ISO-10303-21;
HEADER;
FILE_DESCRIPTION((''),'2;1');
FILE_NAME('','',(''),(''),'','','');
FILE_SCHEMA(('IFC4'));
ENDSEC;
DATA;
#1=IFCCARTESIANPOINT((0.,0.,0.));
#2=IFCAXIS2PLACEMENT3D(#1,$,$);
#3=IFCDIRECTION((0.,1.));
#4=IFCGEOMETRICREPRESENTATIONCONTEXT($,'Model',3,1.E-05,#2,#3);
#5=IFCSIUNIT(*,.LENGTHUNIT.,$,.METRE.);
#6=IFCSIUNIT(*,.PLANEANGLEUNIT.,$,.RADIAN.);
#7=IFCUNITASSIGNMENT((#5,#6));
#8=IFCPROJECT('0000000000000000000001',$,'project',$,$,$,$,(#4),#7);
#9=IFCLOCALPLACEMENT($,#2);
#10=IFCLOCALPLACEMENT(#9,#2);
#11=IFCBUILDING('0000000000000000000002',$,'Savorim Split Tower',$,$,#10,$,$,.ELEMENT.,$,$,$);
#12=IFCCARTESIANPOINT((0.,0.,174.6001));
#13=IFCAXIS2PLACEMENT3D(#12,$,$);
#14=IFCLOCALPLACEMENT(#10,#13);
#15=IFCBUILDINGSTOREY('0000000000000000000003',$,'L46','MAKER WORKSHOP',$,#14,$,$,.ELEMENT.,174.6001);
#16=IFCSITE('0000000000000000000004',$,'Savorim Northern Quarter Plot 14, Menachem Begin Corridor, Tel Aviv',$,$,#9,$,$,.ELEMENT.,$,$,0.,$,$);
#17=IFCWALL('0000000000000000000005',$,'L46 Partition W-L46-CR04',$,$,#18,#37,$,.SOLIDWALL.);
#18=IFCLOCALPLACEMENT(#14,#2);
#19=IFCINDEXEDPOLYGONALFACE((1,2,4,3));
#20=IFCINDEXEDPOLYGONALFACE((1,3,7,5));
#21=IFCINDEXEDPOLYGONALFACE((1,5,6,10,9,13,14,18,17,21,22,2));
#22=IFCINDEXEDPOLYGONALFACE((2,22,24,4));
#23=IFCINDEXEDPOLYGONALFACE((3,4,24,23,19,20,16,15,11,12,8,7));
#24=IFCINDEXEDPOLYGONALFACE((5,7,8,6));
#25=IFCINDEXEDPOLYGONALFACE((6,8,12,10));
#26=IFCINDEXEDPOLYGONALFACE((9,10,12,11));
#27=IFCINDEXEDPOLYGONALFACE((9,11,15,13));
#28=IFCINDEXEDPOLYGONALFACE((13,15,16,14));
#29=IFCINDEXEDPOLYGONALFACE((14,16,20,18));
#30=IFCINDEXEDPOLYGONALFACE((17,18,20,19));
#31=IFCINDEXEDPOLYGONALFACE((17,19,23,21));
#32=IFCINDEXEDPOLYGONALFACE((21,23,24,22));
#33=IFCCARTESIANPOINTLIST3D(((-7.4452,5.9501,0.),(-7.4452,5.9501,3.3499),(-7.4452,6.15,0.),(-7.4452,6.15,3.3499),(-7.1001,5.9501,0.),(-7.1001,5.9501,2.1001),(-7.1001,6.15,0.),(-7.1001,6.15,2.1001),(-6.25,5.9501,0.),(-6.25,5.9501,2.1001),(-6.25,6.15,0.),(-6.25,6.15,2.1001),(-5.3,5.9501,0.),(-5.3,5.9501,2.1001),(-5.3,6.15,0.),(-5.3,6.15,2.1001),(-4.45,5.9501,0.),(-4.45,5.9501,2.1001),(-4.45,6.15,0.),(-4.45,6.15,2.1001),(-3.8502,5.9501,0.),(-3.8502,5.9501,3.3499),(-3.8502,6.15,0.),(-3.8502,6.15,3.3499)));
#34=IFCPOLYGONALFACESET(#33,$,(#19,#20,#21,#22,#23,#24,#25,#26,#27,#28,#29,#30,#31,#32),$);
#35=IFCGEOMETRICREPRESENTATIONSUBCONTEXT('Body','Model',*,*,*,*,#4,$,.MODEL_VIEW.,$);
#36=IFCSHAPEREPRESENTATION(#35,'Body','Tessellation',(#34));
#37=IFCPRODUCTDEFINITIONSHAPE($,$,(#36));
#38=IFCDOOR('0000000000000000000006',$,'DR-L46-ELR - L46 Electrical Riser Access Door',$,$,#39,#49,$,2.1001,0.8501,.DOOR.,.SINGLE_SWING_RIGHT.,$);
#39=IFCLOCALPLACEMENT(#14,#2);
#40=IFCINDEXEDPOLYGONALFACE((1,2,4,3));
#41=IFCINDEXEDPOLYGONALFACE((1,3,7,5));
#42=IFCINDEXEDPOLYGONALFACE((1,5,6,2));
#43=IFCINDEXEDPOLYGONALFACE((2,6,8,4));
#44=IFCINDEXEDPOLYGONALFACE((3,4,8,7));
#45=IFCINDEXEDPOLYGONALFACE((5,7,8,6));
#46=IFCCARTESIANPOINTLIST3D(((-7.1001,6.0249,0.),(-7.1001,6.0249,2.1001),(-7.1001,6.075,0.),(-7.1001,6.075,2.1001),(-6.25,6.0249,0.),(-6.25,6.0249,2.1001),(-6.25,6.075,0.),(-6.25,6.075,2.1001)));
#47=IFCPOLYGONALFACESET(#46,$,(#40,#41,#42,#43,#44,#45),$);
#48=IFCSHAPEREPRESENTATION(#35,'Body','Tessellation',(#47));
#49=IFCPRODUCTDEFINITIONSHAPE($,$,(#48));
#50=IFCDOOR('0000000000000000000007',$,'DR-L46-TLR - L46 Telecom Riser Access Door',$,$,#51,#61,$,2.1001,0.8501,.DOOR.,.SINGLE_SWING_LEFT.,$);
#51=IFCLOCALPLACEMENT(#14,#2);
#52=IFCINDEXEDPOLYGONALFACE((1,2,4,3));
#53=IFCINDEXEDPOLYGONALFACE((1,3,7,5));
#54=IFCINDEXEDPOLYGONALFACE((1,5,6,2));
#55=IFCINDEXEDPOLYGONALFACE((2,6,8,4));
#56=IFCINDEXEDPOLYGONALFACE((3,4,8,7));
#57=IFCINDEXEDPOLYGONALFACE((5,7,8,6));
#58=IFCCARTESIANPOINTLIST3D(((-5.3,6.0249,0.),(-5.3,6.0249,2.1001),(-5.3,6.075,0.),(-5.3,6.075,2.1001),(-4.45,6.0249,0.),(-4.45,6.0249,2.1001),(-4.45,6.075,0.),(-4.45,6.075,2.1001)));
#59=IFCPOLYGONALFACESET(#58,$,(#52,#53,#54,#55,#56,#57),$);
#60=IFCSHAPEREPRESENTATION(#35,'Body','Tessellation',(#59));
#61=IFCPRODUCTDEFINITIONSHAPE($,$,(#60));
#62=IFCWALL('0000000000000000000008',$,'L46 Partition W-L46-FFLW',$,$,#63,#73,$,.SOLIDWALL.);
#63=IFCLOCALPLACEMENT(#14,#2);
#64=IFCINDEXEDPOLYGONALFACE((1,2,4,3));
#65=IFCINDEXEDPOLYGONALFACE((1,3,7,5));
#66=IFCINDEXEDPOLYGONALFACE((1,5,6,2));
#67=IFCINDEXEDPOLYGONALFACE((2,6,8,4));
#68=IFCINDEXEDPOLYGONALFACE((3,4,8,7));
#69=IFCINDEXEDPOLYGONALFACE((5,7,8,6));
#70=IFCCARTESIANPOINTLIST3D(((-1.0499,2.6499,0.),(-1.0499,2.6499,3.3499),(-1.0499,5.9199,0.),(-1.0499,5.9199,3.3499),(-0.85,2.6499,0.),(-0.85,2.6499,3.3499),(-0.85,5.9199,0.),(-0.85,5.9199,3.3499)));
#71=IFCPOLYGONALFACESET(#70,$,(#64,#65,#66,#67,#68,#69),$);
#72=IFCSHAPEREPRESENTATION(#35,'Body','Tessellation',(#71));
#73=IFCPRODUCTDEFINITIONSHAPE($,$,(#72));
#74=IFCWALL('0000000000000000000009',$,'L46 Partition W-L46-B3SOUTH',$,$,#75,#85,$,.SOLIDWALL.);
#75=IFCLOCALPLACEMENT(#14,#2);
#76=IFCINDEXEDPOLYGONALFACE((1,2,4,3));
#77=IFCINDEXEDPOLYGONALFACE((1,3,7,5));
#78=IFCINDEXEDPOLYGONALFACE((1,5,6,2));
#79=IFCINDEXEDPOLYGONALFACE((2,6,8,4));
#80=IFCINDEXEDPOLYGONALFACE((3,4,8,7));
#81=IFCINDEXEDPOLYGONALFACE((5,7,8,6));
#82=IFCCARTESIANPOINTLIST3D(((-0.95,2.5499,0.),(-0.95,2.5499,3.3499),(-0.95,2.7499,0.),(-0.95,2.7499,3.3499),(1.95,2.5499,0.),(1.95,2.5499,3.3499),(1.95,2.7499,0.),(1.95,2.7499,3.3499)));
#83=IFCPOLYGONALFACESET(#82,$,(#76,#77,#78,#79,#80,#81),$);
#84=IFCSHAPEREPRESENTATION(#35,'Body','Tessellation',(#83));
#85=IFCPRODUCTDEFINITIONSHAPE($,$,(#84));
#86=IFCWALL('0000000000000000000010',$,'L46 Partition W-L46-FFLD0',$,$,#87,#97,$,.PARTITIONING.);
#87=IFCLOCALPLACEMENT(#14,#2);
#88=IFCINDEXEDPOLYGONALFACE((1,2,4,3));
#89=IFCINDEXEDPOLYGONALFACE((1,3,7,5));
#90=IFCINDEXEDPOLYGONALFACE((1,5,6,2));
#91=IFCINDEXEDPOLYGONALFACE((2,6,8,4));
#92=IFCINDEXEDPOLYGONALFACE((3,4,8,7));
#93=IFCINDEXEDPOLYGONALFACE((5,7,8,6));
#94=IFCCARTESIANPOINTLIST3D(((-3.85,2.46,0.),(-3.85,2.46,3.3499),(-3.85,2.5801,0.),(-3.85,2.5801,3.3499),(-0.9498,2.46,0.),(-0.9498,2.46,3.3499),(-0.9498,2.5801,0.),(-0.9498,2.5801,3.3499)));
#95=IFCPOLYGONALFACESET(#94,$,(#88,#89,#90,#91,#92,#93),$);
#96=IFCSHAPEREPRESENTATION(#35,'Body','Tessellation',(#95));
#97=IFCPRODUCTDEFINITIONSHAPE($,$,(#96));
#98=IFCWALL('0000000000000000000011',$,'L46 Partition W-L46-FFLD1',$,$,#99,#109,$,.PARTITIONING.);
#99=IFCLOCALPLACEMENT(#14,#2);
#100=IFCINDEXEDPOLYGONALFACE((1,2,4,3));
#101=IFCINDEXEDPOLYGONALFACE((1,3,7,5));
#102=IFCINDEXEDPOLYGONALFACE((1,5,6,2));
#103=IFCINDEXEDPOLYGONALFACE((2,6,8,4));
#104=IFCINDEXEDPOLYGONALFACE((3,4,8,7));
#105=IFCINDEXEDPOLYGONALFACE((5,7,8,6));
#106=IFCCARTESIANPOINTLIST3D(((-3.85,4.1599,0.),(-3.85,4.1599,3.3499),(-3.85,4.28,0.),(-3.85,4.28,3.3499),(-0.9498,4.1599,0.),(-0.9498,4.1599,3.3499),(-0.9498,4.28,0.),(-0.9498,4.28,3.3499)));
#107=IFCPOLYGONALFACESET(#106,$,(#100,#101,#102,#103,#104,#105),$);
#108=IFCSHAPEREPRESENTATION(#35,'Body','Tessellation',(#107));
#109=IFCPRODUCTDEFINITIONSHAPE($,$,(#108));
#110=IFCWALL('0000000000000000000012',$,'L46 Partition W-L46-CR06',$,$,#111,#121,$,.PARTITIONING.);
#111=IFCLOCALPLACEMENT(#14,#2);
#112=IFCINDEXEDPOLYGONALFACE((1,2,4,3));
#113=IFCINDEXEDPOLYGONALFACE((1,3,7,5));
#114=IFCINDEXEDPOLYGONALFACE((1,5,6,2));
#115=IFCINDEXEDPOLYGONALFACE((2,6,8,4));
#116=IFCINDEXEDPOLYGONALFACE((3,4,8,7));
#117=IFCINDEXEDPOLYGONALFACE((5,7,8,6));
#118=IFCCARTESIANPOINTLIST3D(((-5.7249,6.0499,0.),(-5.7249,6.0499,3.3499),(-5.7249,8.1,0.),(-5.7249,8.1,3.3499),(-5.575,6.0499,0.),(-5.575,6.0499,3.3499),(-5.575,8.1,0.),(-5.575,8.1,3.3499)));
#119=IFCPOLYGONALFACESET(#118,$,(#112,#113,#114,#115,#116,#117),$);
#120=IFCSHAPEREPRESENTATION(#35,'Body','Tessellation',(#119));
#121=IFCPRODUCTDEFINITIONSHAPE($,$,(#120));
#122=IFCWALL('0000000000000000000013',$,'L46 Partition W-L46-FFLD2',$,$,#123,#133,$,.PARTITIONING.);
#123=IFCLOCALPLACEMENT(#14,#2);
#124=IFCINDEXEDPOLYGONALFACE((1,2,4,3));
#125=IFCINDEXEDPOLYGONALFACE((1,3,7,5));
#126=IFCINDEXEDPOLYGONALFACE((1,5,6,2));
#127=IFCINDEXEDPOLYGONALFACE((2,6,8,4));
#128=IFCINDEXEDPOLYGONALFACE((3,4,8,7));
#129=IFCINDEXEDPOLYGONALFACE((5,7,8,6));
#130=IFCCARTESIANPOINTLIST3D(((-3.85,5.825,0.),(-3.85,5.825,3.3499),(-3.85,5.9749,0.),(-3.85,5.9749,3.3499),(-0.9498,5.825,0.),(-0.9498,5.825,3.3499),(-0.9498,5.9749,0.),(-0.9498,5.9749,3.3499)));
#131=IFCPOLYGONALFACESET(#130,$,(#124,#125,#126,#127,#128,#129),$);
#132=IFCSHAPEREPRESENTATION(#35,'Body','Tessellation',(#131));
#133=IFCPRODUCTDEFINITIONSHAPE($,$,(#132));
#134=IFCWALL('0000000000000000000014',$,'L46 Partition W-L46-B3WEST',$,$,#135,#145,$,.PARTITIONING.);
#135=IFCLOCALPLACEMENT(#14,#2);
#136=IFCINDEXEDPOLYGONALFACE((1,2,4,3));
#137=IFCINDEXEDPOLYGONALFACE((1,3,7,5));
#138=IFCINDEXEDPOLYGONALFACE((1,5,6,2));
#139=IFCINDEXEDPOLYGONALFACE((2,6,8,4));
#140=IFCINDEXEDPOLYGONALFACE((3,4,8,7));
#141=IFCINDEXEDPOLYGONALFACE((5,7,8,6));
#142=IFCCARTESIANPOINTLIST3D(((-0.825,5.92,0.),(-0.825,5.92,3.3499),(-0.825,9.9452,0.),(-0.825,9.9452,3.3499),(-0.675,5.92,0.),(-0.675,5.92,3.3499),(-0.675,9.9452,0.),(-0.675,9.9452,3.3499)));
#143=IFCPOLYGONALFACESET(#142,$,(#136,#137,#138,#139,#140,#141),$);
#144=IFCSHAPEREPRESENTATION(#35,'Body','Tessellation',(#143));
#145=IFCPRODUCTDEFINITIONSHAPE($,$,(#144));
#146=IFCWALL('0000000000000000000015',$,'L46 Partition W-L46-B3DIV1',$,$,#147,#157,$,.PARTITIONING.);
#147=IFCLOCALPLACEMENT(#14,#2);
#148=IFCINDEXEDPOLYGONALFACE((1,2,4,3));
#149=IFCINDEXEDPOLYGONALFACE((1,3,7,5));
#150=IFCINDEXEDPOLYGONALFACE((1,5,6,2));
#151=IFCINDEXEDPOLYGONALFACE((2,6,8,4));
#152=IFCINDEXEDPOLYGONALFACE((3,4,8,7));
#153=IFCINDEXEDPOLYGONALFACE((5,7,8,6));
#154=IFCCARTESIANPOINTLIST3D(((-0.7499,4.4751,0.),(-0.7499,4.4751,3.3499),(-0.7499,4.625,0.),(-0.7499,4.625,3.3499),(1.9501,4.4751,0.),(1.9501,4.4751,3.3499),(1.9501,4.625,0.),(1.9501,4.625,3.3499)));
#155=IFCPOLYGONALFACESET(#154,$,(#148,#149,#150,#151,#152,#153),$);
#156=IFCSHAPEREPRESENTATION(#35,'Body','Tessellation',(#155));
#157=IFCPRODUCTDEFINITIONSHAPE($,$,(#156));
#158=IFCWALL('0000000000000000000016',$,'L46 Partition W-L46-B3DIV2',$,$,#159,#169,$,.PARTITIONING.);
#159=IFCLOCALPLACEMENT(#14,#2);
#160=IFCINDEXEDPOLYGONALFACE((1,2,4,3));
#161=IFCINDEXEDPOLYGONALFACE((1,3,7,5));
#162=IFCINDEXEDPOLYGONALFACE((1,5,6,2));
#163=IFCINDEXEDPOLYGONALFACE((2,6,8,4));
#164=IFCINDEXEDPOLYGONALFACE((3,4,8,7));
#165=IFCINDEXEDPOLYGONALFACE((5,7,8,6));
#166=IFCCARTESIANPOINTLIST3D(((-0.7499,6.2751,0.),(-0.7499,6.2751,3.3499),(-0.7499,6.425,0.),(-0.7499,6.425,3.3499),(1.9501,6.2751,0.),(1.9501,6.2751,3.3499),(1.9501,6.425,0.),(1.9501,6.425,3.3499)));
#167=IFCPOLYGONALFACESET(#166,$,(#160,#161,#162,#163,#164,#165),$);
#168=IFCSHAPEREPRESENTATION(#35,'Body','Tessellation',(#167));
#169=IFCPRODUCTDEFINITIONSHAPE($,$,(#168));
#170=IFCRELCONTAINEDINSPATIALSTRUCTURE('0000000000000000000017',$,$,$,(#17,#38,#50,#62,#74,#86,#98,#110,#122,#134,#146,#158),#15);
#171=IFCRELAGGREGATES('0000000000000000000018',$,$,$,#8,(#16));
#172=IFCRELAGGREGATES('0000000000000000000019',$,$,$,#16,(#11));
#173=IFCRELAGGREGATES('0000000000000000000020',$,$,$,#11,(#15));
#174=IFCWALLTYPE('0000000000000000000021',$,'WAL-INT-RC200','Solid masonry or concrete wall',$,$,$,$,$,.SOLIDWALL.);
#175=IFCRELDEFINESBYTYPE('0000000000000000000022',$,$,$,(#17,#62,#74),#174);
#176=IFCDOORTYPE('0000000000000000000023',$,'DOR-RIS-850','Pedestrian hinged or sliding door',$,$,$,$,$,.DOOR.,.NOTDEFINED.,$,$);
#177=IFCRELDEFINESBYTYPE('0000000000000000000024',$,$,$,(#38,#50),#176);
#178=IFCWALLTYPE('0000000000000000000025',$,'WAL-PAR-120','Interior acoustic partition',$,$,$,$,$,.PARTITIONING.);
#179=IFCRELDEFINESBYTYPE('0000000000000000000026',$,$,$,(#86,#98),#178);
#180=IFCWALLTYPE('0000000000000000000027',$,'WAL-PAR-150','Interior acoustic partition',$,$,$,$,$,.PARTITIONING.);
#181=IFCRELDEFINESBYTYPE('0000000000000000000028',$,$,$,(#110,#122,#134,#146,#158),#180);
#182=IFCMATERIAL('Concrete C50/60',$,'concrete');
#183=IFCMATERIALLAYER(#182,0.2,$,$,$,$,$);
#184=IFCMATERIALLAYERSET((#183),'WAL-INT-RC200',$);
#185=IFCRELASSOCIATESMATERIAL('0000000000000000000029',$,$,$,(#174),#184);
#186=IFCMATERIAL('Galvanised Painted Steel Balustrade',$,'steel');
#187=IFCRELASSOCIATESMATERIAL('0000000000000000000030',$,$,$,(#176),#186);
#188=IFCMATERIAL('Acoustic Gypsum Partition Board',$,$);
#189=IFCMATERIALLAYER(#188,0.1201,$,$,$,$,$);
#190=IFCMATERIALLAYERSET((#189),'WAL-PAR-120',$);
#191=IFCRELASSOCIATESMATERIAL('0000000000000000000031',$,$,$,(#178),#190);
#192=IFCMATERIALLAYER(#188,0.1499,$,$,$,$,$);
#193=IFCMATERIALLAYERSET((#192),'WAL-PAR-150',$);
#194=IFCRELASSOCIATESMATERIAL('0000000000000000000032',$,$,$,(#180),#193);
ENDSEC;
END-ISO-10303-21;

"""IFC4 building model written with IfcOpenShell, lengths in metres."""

from ifc_helpers import new_model, si_unit, direction, frame, frame_2d, origin, place, context, subcontext, project, spatial, rectangle, extrude, material, layer, layer_set, type_object, element, fill, save


model = new_model("IFC4")

# Units and contexts
model_context = context("Model", 3, precision=1e-05, world=origin(), true_north=direction((0.0, 1.0)))
body_context = subcontext(model_context, "Body", "Model", "MODEL_VIEW")
ifc_project = project(units=[si_unit("LENGTHUNIT", "METRE"), si_unit("PLANEANGLEUNIT", "RADIAN")], contexts=[model_context])

# Site, building, storey
site_placement = place(None, origin())
site = spatial("IfcSite", under=ifc_project, at=site_placement, Name="Savorim Northern Quarter Plot 14, Menachem Begin Corridor, Tel Aviv", CompositionType="ELEMENT", RefElevation=0.0)
building_placement = place(site_placement, origin())
building = spatial("IfcBuilding", under=site, at=building_placement, Name="Savorim Split Tower", CompositionType="ELEMENT")
storey_placement = place(building_placement, frame((0.0, 0.0, 174.6001)))
storey = spatial("IfcBuildingStorey", under=building, at=storey_placement, Name="L46", Description="MAKER WORKSHOP", CompositionType="ELEMENT", Elevation=174.6001)

# Wall, openings, doors
ifc_material_1 = material(Name="Concrete C50/60", Category="concrete")
ifc_layer_1 = layer(ifc_material_1, 0.2)
ifc_layer_set_1 = layer_set([ifc_layer_1], Name="WAL-INT-RC200")
wall_type_1 = type_object("IfcWallType", Name="WAL-INT-RC200", Description="Solid masonry or concrete wall", PredefinedType="SOLIDWALL", material=ifc_layer_set_1)
wall_1_placement = place(storey_placement, frame((-7.4451, 6.05, 0.0), z_axis=(0.0, 0.0, 1.0), x_axis=(1.0, 0.0, 0.0)))
wall_1 = element("IfcWall", 1, at=wall_1_placement, inside=storey, type_object=wall_type_1, Name="L46 Partition W-L46-CR04", PredefinedType="SOLIDWALL", context=body_context, shape_type="SweptSolid", body=[
    extrude(rectangle(XDim=3.595, YDim=0.2, at=frame_2d((1.7974, 0.0))), origin(), (0.0, 0.0, 1.0), 3.3499),
])
opening_1_placement = place(wall_1_placement, frame((0.345, 0.0, 0.0)))
opening_1 = element("IfcOpeningElement", 2, at=opening_1_placement, cuts=wall_1, PredefinedType="OPENING", context=body_context, shape_type="SweptSolid", body=[
    extrude(rectangle(XDim=0.8501, YDim=2.1001, at=frame_2d((0.425, 1.05))), frame((0.0, 0.1099, 0.0), z_axis=(0.0, -1.0, 0.0), x_axis=(1.0, 0.0, 0.0)), (0.0, 0.0, 1.0), 0.22),
])
opening_2_placement = place(wall_1_placement, frame((2.145, 0.0, 0.0)))
opening_2 = element("IfcOpeningElement", 3, at=opening_2_placement, cuts=wall_1, PredefinedType="OPENING", context=body_context, shape_type="SweptSolid", body=[
    extrude(rectangle(XDim=0.8501, YDim=2.1001, at=frame_2d((0.425, 1.05))), frame((0.0, 0.1099, 0.0), z_axis=(0.0, -1.0, 0.0), x_axis=(1.0, 0.0, 0.0)), (0.0, 0.0, 1.0), 0.22),
])
ifc_material_2 = material(Name="Galvanised Painted Steel Balustrade", Category="steel")
door_type_1 = type_object("IfcDoorType", Name="DOR-RIS-850", Description="Pedestrian hinged or sliding door", OperationType="NOTDEFINED", PredefinedType="DOOR", material=ifc_material_2)
door_1_placement = place(opening_1_placement, origin())
door_1 = element("IfcDoor", 4, at=door_1_placement, inside=storey, type_object=door_type_1, Name="DR-L46-ELR - L46 Electrical Riser Access Door", OperationType="SINGLE_SWING_RIGHT", OverallHeight=2.1001, OverallWidth=0.8501, PredefinedType="DOOR", context=body_context, shape_type="SweptSolid", body=[
    extrude(rectangle(XDim=0.8501, YDim=2.1001, at=frame_2d((0.425, 1.05))), frame((0.0, 0.0249, 0.0), z_axis=(0.0, -1.0, 0.0), x_axis=(1.0, 0.0, 0.0)), (0.0, 0.0, 1.0), 0.05),
])
fill(opening_1, door_1)
door_2_placement = place(opening_2_placement, origin())
door_2 = element("IfcDoor", 5, at=door_2_placement, inside=storey, type_object=door_type_1, Name="DR-L46-TLR - L46 Telecom Riser Access Door", OperationType="SINGLE_SWING_LEFT", OverallHeight=2.1001, OverallWidth=0.8501, PredefinedType="DOOR", context=body_context, shape_type="SweptSolid", body=[
    extrude(rectangle(XDim=0.8501, YDim=2.1001, at=frame_2d((0.425, 1.05))), frame((0.0, 0.0249, 0.0), z_axis=(0.0, -1.0, 0.0), x_axis=(1.0, 0.0, 0.0)), (0.0, 0.0, 1.0), 0.05),
])
fill(opening_2, door_2)

# Walls
wall_2_placement = place(storey_placement, frame((-0.95, 2.6499, 0.0), z_axis=(0.0, 0.0, 1.0), x_axis=(0.0, 1.0, 0.0)))
element("IfcWall", 6, at=wall_2_placement, inside=storey, type_object=wall_type_1, Name="L46 Partition W-L46-FFLW", PredefinedType="SOLIDWALL", context=body_context, shape_type="SweptSolid", body=[
    extrude(rectangle(XDim=3.27, YDim=0.2, at=frame_2d((1.635, 0.0))), origin(), (0.0, 0.0, 1.0), 3.3499),
])
wall_3_placement = place(storey_placement, frame((-0.95, 2.6499, 0.0), z_axis=(0.0, 0.0, 1.0), x_axis=(1.0, 0.0, 0.0)))
element("IfcWall", 7, at=wall_3_placement, inside=storey, type_object=wall_type_1, Name="L46 Partition W-L46-B3SOUTH", PredefinedType="SOLIDWALL", context=body_context, shape_type="SweptSolid", body=[
    extrude(rectangle(XDim=2.8999, YDim=0.2, at=frame_2d((1.45, 0.0))), origin(), (0.0, 0.0, 1.0), 3.3499),
])
ifc_material_3 = material(Name="Acoustic Gypsum Partition Board")
ifc_layer_2 = layer(ifc_material_3, 0.1201)
ifc_layer_set_2 = layer_set([ifc_layer_2], Name="WAL-PAR-120")
wall_type_2 = type_object("IfcWallType", Name="WAL-PAR-120", Description="Interior acoustic partition", PredefinedType="PARTITIONING", material=ifc_layer_set_2)
for number, where, z_axis, x_axis, name in (
    (8, (-3.8501, 2.52, 0.0), (0.0, 0.0, 1.0), (1.0, 0.0, 0.0), "L46 Partition W-L46-FFLD0"),
    (9, (-3.8501, 4.22, 0.0), (0.0, 0.0, 1.0), (1.0, 0.0, 0.0), "L46 Partition W-L46-FFLD1"),
):
    element("IfcWall", number, at=place(storey_placement, frame(where, z_axis=z_axis, x_axis=x_axis)), inside=storey, type_object=wall_type_2, Name=name, PredefinedType="PARTITIONING", context=body_context, shape_type="SweptSolid", body=[
        extrude(rectangle(XDim=2.9001, YDim=0.1201, at=frame_2d((1.4502, 0.0))), origin(), (0.0, 0.0, 1.0), 3.3499),
    ])
ifc_layer_3 = layer(ifc_material_3, 0.1499)
ifc_layer_set_3 = layer_set([ifc_layer_3], Name="WAL-PAR-150")
wall_type_3 = type_object("IfcWallType", Name="WAL-PAR-150", Description="Interior acoustic partition", PredefinedType="PARTITIONING", material=ifc_layer_set_3)
wall_4_placement = place(storey_placement, frame((-5.6499, 6.05, 0.0), z_axis=(0.0, 0.0, 1.0), x_axis=(0.0, 1.0, 0.0)))
element("IfcWall", 10, at=wall_4_placement, inside=storey, type_object=wall_type_3, Name="L46 Partition W-L46-CR06", PredefinedType="PARTITIONING", context=body_context, shape_type="SweptSolid", body=[
    extrude(rectangle(XDim=2.05, YDim=0.1499, at=frame_2d((1.0249, 0.0))), origin(), (0.0, 0.0, 1.0), 3.3499),
])
wall_5_placement = place(storey_placement, frame((-3.8501, 5.8999, 0.0), z_axis=(0.0, 0.0, 1.0), x_axis=(1.0, 0.0, 0.0)))
element("IfcWall", 11, at=wall_5_placement, inside=storey, type_object=wall_type_3, Name="L46 Partition W-L46-FFLD2", PredefinedType="PARTITIONING", context=body_context, shape_type="SweptSolid", body=[
    extrude(rectangle(XDim=2.9001, YDim=0.1499, at=frame_2d((1.4502, 0.0))), origin(), (0.0, 0.0, 1.0), 3.3499),
])
wall_6_placement = place(storey_placement, frame((-0.75, 5.9199, 0.0), z_axis=(0.0, 0.0, 1.0), x_axis=(0.0, 1.0, 0.0)))
element("IfcWall", 12, at=wall_6_placement, inside=storey, type_object=wall_type_3, Name="L46 Partition W-L46-B3WEST", PredefinedType="PARTITIONING", context=body_context, shape_type="SweptSolid", body=[
    extrude(rectangle(XDim=4.0251, YDim=0.1499, at=frame_2d((2.0127, 0.0))), origin(), (0.0, 0.0, 1.0), 3.3499),
])
for number, where, z_axis, x_axis, name in (
    (13, (-0.75, 4.55, 0.0), (0.0, 0.0, 1.0), (1.0, 0.0, 0.0), "L46 Partition W-L46-B3DIV1"),
    (14, (-0.75, 6.3501, 0.0), (0.0, 0.0, 1.0), (1.0, 0.0, 0.0), "L46 Partition W-L46-B3DIV2"),
):
    element("IfcWall", number, at=place(storey_placement, frame(where, z_axis=z_axis, x_axis=x_axis)), inside=storey, type_object=wall_type_3, Name=name, PredefinedType="PARTITIONING", context=body_context, shape_type="SweptSolid", body=[
        extrude(rectangle(XDim=2.7, YDim=0.1499, at=frame_2d((1.3501, 0.0))), origin(), (0.0, 0.0, 1.0), 3.3499),
    ])

save(model, "model.ifc")
